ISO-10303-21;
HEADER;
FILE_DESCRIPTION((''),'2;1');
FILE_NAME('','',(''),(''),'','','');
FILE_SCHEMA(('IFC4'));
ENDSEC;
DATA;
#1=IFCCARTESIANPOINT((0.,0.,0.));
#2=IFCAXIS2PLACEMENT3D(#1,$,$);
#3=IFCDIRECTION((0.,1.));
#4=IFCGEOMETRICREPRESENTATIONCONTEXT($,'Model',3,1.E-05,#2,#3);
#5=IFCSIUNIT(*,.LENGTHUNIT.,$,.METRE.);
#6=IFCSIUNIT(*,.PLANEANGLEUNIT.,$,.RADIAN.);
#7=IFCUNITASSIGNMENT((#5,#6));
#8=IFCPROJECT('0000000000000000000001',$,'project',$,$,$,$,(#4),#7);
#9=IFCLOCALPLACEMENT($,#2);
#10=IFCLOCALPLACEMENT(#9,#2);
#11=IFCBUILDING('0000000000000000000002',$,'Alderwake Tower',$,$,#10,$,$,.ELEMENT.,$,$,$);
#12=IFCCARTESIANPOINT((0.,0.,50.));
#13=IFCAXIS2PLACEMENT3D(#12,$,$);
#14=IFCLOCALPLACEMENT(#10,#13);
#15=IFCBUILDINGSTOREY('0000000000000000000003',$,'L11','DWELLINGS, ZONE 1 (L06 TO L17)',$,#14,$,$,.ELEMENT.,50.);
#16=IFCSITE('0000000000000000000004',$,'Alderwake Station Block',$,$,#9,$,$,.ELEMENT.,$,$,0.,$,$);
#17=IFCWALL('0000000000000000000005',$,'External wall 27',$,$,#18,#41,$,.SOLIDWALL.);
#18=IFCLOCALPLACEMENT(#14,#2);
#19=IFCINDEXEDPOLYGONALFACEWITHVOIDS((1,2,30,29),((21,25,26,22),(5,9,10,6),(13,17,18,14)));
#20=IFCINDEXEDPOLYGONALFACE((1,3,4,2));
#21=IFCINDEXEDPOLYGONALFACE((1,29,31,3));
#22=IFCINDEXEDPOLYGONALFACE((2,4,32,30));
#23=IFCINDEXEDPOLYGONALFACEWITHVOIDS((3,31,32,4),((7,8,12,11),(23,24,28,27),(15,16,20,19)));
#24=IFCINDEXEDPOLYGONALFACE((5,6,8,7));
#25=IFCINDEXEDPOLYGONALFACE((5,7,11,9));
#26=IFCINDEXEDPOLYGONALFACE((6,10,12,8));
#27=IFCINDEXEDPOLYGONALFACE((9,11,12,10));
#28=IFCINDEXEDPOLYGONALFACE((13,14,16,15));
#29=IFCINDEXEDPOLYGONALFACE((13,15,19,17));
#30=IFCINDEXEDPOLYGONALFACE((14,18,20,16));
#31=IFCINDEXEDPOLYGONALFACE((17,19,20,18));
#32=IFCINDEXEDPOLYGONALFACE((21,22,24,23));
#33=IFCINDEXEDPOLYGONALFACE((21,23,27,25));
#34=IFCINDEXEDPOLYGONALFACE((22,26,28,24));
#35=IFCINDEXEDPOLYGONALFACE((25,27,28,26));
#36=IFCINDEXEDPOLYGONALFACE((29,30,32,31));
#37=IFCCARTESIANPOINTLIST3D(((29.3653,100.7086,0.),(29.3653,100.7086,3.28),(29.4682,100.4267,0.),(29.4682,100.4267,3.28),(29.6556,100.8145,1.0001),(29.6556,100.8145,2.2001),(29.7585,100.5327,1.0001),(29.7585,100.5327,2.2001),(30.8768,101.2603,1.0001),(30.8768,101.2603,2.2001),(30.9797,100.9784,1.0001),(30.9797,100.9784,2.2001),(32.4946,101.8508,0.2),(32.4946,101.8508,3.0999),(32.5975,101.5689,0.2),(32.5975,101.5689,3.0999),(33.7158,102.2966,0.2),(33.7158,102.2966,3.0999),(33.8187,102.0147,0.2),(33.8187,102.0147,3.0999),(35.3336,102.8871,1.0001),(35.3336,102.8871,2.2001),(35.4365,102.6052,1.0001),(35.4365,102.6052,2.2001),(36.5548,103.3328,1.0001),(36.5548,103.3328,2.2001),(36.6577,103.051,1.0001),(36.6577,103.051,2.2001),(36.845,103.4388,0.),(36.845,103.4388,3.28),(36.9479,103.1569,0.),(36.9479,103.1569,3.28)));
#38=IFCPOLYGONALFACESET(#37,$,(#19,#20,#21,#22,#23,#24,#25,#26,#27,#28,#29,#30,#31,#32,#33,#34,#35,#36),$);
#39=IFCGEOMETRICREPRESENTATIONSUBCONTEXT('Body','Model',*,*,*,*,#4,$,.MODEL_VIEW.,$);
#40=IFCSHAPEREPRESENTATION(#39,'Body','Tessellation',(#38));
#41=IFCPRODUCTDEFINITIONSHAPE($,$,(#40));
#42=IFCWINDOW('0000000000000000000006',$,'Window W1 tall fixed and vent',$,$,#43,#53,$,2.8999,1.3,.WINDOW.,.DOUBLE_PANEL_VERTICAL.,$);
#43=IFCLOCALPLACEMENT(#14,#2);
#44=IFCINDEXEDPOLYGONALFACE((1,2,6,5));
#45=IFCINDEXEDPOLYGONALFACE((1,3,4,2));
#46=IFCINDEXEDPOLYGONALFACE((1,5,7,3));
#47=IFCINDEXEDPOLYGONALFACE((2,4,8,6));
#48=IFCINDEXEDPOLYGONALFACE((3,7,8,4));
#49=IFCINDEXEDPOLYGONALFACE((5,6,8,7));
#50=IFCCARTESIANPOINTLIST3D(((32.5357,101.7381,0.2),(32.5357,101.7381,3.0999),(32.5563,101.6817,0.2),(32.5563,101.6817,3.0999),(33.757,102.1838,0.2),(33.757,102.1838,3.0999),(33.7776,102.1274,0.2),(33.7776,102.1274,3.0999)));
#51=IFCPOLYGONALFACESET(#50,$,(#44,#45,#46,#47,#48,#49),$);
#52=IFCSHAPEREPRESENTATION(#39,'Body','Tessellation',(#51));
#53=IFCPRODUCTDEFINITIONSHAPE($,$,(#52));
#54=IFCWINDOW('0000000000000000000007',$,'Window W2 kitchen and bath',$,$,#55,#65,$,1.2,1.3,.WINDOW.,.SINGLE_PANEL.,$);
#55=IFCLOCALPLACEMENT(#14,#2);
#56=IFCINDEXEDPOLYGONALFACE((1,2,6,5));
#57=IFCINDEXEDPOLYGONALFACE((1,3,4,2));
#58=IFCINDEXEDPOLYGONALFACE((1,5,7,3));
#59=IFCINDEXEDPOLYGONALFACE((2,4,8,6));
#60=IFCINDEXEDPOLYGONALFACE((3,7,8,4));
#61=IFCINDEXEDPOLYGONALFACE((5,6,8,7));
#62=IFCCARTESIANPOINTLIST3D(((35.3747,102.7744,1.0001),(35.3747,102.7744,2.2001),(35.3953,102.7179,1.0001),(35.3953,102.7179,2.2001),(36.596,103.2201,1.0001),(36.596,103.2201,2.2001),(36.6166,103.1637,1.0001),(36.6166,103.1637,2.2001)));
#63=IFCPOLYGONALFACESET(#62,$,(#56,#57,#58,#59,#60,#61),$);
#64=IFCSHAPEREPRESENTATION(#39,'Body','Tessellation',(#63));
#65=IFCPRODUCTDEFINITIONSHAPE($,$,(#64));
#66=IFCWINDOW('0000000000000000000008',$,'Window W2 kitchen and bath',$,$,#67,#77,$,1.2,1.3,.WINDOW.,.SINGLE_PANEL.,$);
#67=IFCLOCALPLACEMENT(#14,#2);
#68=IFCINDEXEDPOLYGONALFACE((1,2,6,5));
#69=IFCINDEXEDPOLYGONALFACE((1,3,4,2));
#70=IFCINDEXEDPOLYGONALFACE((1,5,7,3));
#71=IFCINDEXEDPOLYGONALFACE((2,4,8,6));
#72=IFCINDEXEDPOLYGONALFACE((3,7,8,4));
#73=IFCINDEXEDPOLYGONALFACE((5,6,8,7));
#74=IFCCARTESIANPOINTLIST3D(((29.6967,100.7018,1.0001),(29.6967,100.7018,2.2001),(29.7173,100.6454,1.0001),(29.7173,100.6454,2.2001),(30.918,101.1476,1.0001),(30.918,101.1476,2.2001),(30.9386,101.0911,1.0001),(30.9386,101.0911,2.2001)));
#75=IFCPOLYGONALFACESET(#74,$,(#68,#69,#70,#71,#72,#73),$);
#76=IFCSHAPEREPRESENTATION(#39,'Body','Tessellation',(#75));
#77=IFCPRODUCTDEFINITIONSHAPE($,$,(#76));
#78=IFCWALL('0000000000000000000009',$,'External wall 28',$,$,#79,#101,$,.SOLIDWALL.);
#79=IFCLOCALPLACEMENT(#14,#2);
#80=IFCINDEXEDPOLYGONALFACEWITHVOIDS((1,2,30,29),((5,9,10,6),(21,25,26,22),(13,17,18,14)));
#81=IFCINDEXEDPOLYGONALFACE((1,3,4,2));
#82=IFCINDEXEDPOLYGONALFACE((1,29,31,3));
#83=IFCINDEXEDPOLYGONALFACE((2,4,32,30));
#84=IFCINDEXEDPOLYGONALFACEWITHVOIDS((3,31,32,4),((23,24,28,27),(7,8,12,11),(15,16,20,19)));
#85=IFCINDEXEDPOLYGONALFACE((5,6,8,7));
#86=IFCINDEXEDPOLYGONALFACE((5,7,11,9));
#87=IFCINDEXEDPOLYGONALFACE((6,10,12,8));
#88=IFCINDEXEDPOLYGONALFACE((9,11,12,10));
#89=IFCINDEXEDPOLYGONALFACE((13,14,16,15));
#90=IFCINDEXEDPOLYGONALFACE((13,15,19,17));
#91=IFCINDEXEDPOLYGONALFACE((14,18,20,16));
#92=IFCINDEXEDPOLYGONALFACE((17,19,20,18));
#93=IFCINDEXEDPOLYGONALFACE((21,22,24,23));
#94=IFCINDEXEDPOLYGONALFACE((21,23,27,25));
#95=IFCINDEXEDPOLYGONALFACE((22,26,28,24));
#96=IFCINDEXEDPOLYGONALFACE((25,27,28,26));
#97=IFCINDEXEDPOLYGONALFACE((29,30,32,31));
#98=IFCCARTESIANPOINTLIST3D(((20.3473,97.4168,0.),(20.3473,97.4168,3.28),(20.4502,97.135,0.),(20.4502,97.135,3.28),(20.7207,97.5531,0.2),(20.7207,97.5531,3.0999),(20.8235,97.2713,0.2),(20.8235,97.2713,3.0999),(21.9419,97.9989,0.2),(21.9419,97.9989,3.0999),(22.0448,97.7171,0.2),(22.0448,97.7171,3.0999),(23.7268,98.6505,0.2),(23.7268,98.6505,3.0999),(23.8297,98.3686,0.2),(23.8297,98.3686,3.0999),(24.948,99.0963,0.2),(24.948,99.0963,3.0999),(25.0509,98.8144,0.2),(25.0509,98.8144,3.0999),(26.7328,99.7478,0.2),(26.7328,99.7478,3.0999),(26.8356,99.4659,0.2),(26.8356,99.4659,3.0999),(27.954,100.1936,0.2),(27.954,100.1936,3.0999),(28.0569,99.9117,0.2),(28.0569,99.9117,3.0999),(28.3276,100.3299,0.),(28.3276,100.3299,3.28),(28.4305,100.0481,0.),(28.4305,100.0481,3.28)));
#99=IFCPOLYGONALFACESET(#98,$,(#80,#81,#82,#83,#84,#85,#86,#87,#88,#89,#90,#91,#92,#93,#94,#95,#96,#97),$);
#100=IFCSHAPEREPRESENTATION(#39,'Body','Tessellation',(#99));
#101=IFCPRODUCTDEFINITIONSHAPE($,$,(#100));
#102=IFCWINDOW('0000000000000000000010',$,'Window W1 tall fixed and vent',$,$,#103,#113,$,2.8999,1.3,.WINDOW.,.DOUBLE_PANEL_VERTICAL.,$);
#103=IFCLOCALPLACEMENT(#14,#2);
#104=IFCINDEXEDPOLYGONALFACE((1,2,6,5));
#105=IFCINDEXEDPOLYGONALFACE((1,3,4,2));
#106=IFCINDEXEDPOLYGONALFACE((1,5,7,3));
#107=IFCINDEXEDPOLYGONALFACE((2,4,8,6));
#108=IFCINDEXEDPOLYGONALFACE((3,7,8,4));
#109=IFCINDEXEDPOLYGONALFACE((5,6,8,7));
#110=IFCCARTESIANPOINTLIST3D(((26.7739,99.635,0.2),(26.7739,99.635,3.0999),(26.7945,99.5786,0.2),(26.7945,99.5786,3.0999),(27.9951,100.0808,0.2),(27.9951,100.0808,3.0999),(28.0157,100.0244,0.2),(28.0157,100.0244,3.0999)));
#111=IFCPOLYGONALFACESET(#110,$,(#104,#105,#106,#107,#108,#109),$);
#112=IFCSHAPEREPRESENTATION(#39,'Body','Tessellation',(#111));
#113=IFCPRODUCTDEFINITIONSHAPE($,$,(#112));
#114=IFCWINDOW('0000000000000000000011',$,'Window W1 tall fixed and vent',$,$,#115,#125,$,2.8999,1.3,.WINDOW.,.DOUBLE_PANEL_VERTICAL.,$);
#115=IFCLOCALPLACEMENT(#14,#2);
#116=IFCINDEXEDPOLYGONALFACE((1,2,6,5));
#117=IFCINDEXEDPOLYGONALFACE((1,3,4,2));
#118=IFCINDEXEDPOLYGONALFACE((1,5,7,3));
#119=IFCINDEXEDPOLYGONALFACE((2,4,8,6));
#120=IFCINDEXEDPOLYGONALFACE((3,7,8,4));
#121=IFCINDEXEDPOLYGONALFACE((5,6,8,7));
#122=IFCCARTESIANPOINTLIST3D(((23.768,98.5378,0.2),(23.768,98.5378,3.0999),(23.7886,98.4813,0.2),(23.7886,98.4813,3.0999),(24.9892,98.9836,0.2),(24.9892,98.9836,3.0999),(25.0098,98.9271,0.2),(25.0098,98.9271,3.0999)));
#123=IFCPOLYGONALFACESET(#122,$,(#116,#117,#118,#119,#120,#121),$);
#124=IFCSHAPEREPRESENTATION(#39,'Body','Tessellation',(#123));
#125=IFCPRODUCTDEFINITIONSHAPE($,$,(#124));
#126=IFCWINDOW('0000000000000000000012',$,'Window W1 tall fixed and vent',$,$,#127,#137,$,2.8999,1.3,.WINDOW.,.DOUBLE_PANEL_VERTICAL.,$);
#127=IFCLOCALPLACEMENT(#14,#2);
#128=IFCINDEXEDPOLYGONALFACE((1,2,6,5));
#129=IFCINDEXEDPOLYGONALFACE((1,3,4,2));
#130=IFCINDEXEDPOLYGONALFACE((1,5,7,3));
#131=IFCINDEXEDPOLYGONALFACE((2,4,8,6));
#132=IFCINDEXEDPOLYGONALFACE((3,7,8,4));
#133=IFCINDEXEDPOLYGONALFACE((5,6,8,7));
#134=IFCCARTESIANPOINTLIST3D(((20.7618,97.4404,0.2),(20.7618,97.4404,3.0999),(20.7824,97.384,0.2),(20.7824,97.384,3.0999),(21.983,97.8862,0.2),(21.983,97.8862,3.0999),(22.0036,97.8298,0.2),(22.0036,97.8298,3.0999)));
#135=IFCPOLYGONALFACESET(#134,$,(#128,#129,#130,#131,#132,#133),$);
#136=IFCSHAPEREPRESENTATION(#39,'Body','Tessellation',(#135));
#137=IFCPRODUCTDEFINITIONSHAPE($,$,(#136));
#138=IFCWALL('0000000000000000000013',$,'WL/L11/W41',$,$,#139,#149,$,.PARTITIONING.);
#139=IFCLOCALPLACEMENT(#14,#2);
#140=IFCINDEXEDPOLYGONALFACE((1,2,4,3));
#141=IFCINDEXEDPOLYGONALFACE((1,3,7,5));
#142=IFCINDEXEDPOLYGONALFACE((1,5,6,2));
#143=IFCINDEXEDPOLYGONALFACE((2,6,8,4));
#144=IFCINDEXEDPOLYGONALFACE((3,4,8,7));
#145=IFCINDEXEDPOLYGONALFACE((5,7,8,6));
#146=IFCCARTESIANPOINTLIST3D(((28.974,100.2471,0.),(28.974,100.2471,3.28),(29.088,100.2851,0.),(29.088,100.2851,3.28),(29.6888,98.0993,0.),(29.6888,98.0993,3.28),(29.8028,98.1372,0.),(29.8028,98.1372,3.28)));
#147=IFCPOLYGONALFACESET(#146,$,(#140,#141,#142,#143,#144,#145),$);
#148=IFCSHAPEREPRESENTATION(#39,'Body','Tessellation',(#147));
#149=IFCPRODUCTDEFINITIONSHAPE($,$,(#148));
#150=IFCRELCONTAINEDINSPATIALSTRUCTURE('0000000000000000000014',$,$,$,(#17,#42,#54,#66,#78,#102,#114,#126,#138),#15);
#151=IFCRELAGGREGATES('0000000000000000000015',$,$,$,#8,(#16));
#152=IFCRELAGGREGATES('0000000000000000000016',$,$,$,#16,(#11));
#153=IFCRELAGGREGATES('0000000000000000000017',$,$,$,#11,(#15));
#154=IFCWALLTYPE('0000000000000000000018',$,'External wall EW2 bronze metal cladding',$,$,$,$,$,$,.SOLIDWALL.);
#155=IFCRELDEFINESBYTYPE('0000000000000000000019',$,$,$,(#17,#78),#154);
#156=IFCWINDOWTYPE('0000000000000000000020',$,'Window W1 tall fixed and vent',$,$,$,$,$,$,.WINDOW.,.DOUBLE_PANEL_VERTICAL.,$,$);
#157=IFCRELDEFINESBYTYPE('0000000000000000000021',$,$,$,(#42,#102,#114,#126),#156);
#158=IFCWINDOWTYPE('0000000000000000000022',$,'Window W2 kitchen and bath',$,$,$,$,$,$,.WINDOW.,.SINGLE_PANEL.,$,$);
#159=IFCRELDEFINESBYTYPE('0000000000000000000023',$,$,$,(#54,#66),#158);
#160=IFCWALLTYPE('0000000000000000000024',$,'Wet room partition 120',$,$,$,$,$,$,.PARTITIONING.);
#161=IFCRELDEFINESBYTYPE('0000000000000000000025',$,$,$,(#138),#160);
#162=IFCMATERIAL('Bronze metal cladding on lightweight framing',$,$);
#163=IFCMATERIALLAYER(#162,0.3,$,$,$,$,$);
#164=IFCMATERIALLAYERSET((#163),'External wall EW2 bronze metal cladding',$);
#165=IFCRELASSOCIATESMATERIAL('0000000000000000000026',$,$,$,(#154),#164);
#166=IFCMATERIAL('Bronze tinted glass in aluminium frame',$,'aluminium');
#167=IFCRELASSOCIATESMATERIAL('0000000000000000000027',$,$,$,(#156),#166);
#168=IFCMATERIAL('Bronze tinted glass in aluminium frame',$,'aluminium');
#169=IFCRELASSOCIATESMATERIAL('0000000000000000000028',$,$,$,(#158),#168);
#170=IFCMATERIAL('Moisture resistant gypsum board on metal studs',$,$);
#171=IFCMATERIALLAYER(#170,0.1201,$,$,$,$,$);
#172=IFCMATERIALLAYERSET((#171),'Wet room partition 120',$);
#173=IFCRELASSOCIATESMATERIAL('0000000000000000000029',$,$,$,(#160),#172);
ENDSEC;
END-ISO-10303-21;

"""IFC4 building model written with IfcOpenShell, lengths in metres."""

from ifc_helpers import new_model, si_unit, direction, frame, frame_2d, origin, place, context, subcontext, project, spatial, rectangle, extrude, material, layer, layer_set, type_object, element, fill, save


model = new_model("IFC4")

# Units and contexts
model_context = context("Model", 3, precision=1e-05, world=origin(), true_north=direction((0.0, 1.0)))
body_context = subcontext(model_context, "Body", "Model", "MODEL_VIEW")
ifc_project = project(units=[si_unit("LENGTHUNIT", "METRE"), si_unit("PLANEANGLEUNIT", "RADIAN")], contexts=[model_context])

# Site, building, storey
site_placement = place(None, origin())
site = spatial("IfcSite", under=ifc_project, at=site_placement, Name="Alderwake Station Block", CompositionType="ELEMENT", RefElevation=0.0)
building_placement = place(site_placement, origin())
building = spatial("IfcBuilding", under=site, at=building_placement, Name="Alderwake Tower", CompositionType="ELEMENT")
storey_placement = place(building_placement, frame((0.0, 0.0, 50.0)))
storey = spatial("IfcBuildingStorey", under=building, at=storey_placement, Name="L11", Description="DWELLINGS, ZONE 1 (L06 TO L17)", CompositionType="ELEMENT", Elevation=50.0)

# Walls, openings, windows
ifc_material_1 = material(Name="Bronze metal cladding on lightweight framing")
ifc_layer_1 = layer(ifc_material_1, 0.3)
ifc_layer_set_1 = layer_set([ifc_layer_1], Name="External wall EW2 bronze metal cladding")
wall_type_1 = type_object("IfcWallType", Name="External wall EW2 bronze metal cladding", PredefinedType="SOLIDWALL", material=ifc_layer_set_1)
wall_1_placement = place(storey_placement, frame((36.8965, 103.2979, 0.0), z_axis=(0.0, 0.0, 1.0), x_axis=(-0.939376, -0.342888, 0.0)))
wall_1 = element("IfcWall", 1, at=wall_1_placement, inside=storey, type_object=wall_type_1, Name="External wall 27", PredefinedType="SOLIDWALL", context=body_context, shape_type="SweptSolid", body=[
    extrude(rectangle(XDim=7.9624, YDim=0.3, at=frame_2d((3.9812, 0.0))), origin(), (0.0, 0.0, 1.0), 3.28),
])
opening_1_placement = place(wall_1_placement, frame((0.3091, 0.0, 1.0)))
opening_1 = element("IfcOpeningElement", 2, at=opening_1_placement, cuts=wall_1, PredefinedType="OPENING", context=body_context, shape_type="SweptSolid", body=[
    extrude(rectangle(XDim=1.3, YDim=1.2, at=frame_2d((0.6499, 0.6001))), frame((0.0, 0.1599, 0.0), z_axis=(0.0, -1.0, 0.0), x_axis=(1.0, 0.0, 0.0)), (0.0, 0.0, 1.0), 0.3201),
])
opening_2_placement = place(wall_1_placement, frame((3.3313, 0.0, 0.2)))
opening_2 = element("IfcOpeningElement", 3, at=opening_2_placement, cuts=wall_1, PredefinedType="OPENING", context=body_context, shape_type="SweptSolid", body=[
    extrude(rectangle(XDim=1.3, YDim=2.8999, at=frame_2d((0.6499, 1.45))), frame((0.0, 0.1599, 0.0), z_axis=(0.0, -1.0, 0.0), x_axis=(1.0, 0.0, 0.0)), (0.0, 0.0, 1.0), 0.3201),
])
opening_3_placement = place(wall_1_placement, frame((6.3535, 0.0, 1.0)))
opening_3 = element("IfcOpeningElement", 4, at=opening_3_placement, cuts=wall_1, PredefinedType="OPENING", context=body_context, shape_type="SweptSolid", body=[
    extrude(rectangle(XDim=1.3, YDim=1.2, at=frame_2d((0.6499, 0.6001))), frame((0.0, 0.1599, 0.0), z_axis=(0.0, -1.0, 0.0), x_axis=(1.0, 0.0, 0.0)), (0.0, 0.0, 1.0), 0.3201),
])
ifc_material_2 = material(Name="Bronze tinted glass in aluminium frame", Category="aluminium")
window_type_1 = type_object("IfcWindowType", Name="Window W1 tall fixed and vent", PartitioningType="DOUBLE_PANEL_VERTICAL", PredefinedType="WINDOW", material=ifc_material_2)
window_1_placement = place(opening_2_placement, origin())
window_1 = element("IfcWindow", 5, at=window_1_placement, inside=storey, type_object=window_type_1, Name="Window W1 tall fixed and vent", OverallHeight=2.8999, OverallWidth=1.3, PartitioningType="DOUBLE_PANEL_VERTICAL", PredefinedType="WINDOW", context=body_context, shape_type="SweptSolid", body=[
    extrude(rectangle(XDim=1.3, YDim=2.8999, at=frame_2d((0.6499, 1.45))), frame((0.0, 0.03, 0.0), z_axis=(0.0, -1.0, 0.0), x_axis=(1.0, 0.0, 0.0)), (0.0, 0.0, 1.0), 0.0601),
])
fill(opening_2, window_1)
ifc_material_3 = material(Name="Bronze tinted glass in aluminium frame", Category="aluminium")
window_type_2 = type_object("IfcWindowType", Name="Window W2 kitchen and bath", PartitioningType="SINGLE_PANEL", PredefinedType="WINDOW", material=ifc_material_3)
window_2_placement = place(opening_1_placement, origin())
window_2 = element("IfcWindow", 6, at=window_2_placement, inside=storey, type_object=window_type_2, Name="Window W2 kitchen and bath", OverallHeight=1.2, OverallWidth=1.3, PartitioningType="SINGLE_PANEL", PredefinedType="WINDOW", context=body_context, shape_type="SweptSolid", body=[
    extrude(rectangle(XDim=1.3, YDim=1.2, at=frame_2d((0.6499, 0.6001))), frame((0.0, 0.03, 0.0), z_axis=(0.0, -1.0, 0.0), x_axis=(1.0, 0.0, 0.0)), (0.0, 0.0, 1.0), 0.0601),
])
fill(opening_1, window_2)
window_3_placement = place(opening_3_placement, origin())
window_3 = element("IfcWindow", 7, at=window_3_placement, inside=storey, type_object=window_type_2, Name="Window W2 kitchen and bath", OverallHeight=1.2, OverallWidth=1.3, PartitioningType="SINGLE_PANEL", PredefinedType="WINDOW", context=body_context, shape_type="SweptSolid", body=[
    extrude(rectangle(XDim=1.3, YDim=1.2, at=frame_2d((0.6499, 0.6001))), frame((0.0, 0.03, 0.0), z_axis=(0.0, -1.0, 0.0), x_axis=(1.0, 0.0, 0.0)), (0.0, 0.0, 1.0), 0.0601),
])
fill(opening_3, window_3)
wall_2_placement = place(storey_placement, frame((28.3789, 100.189, 0.0), z_axis=(0.0, 0.0, 1.0), x_axis=(-0.93937, -0.342906, 0.0)))
wall_2 = element("IfcWall", 8, at=wall_2_placement, inside=storey, type_object=wall_type_1, Name="External wall 28", PredefinedType="SOLIDWALL", context=body_context, shape_type="SweptSolid", body=[
    extrude(rectangle(XDim=8.4954, YDim=0.3, at=frame_2d((4.2476, 0.0))), origin(), (0.0, 0.0, 1.0), 3.28),
])
opening_4_placement = place(wall_2_placement, frame((0.3977, 0.0, 0.2)))
opening_4 = element("IfcOpeningElement", 9, at=opening_4_placement, cuts=wall_2, PredefinedType="OPENING", context=body_context, shape_type="SweptSolid", body=[
    extrude(rectangle(XDim=1.3, YDim=2.8999, at=frame_2d((0.6499, 1.45))), frame((0.0, 0.1599, 0.0), z_axis=(0.0, -1.0, 0.0), x_axis=(1.0, 0.0, 0.0)), (0.0, 0.0, 1.0), 0.3201),
])
opening_5_placement = place(wall_2_placement, frame((3.5977, 0.0, 0.2)))
opening_5 = element("IfcOpeningElement", 10, at=opening_5_placement, cuts=wall_2, PredefinedType="OPENING", context=body_context, shape_type="SweptSolid", body=[
    extrude(rectangle(XDim=1.3, YDim=2.8999, at=frame_2d((0.6499, 1.45))), frame((0.0, 0.1599, 0.0), z_axis=(0.0, -1.0, 0.0), x_axis=(1.0, 0.0, 0.0)), (0.0, 0.0, 1.0), 0.3201),
])
opening_6_placement = place(wall_2_placement, frame((6.7979, 0.0, 0.2)))
opening_6 = element("IfcOpeningElement", 11, at=opening_6_placement, cuts=wall_2, PredefinedType="OPENING", context=body_context, shape_type="SweptSolid", body=[
    extrude(rectangle(XDim=1.3, YDim=2.8999, at=frame_2d((0.6499, 1.45))), frame((0.0, 0.1599, 0.0), z_axis=(0.0, -1.0, 0.0), x_axis=(1.0, 0.0, 0.0)), (0.0, 0.0, 1.0), 0.3201),
])
window_4_placement = place(opening_4_placement, origin())
window_4 = element("IfcWindow", 12, at=window_4_placement, inside=storey, type_object=window_type_1, Name="Window W1 tall fixed and vent", OverallHeight=2.8999, OverallWidth=1.3, PartitioningType="DOUBLE_PANEL_VERTICAL", PredefinedType="WINDOW", context=body_context, shape_type="SweptSolid", body=[
    extrude(rectangle(XDim=1.3, YDim=2.8999, at=frame_2d((0.6499, 1.45))), frame((0.0, 0.03, 0.0), z_axis=(0.0, -1.0, 0.0), x_axis=(1.0, 0.0, 0.0)), (0.0, 0.0, 1.0), 0.0601),
])
fill(opening_4, window_4)
window_5_placement = place(opening_5_placement, origin())
window_5 = element("IfcWindow", 13, at=window_5_placement, inside=storey, type_object=window_type_1, Name="Window W1 tall fixed and vent", OverallHeight=2.8999, OverallWidth=1.3, PartitioningType="DOUBLE_PANEL_VERTICAL", PredefinedType="WINDOW", context=body_context, shape_type="SweptSolid", body=[
    extrude(rectangle(XDim=1.3, YDim=2.8999, at=frame_2d((0.6499, 1.45))), frame((0.0, 0.03, 0.0), z_axis=(0.0, -1.0, 0.0), x_axis=(1.0, 0.0, 0.0)), (0.0, 0.0, 1.0), 0.0601),
])
fill(opening_5, window_5)
window_6_placement = place(opening_6_placement, origin())
window_6 = element("IfcWindow", 14, at=window_6_placement, inside=storey, type_object=window_type_1, Name="Window W1 tall fixed and vent", OverallHeight=2.8999, OverallWidth=1.3, PartitioningType="DOUBLE_PANEL_VERTICAL", PredefinedType="WINDOW", context=body_context, shape_type="SweptSolid", body=[
    extrude(rectangle(XDim=1.3, YDim=2.8999, at=frame_2d((0.6499, 1.45))), frame((0.0, 0.03, 0.0), z_axis=(0.0, -1.0, 0.0), x_axis=(1.0, 0.0, 0.0)), (0.0, 0.0, 1.0), 0.0601),
])
fill(opening_6, window_6)

# Wall
ifc_material_4 = material(Name="Moisture resistant gypsum board on metal studs")
ifc_layer_2 = layer(ifc_material_4, 0.1201)
ifc_layer_set_2 = layer_set([ifc_layer_2], Name="Wet room partition 120")
wall_type_2 = type_object("IfcWallType", Name="Wet room partition 120", PredefinedType="PARTITIONING", material=ifc_layer_set_2)
wall_3_placement = place(storey_placement, frame((29.031, 100.2661, 0.0), z_axis=(0.0, 0.0, 1.0), x_axis=(0.315775, -0.948834, 0.0)))
element("IfcWall", 15, at=wall_3_placement, inside=storey, type_object=wall_type_2, Name="WL/L11/W41", PredefinedType="PARTITIONING", context=body_context, shape_type="SweptSolid", body=[
    extrude(rectangle(XDim=2.2637, YDim=0.1201, at=frame_2d((1.1318, 0.0))), origin(), (0.0, 0.0, 1.0), 3.28),
])

save(model, "model.ifc")
